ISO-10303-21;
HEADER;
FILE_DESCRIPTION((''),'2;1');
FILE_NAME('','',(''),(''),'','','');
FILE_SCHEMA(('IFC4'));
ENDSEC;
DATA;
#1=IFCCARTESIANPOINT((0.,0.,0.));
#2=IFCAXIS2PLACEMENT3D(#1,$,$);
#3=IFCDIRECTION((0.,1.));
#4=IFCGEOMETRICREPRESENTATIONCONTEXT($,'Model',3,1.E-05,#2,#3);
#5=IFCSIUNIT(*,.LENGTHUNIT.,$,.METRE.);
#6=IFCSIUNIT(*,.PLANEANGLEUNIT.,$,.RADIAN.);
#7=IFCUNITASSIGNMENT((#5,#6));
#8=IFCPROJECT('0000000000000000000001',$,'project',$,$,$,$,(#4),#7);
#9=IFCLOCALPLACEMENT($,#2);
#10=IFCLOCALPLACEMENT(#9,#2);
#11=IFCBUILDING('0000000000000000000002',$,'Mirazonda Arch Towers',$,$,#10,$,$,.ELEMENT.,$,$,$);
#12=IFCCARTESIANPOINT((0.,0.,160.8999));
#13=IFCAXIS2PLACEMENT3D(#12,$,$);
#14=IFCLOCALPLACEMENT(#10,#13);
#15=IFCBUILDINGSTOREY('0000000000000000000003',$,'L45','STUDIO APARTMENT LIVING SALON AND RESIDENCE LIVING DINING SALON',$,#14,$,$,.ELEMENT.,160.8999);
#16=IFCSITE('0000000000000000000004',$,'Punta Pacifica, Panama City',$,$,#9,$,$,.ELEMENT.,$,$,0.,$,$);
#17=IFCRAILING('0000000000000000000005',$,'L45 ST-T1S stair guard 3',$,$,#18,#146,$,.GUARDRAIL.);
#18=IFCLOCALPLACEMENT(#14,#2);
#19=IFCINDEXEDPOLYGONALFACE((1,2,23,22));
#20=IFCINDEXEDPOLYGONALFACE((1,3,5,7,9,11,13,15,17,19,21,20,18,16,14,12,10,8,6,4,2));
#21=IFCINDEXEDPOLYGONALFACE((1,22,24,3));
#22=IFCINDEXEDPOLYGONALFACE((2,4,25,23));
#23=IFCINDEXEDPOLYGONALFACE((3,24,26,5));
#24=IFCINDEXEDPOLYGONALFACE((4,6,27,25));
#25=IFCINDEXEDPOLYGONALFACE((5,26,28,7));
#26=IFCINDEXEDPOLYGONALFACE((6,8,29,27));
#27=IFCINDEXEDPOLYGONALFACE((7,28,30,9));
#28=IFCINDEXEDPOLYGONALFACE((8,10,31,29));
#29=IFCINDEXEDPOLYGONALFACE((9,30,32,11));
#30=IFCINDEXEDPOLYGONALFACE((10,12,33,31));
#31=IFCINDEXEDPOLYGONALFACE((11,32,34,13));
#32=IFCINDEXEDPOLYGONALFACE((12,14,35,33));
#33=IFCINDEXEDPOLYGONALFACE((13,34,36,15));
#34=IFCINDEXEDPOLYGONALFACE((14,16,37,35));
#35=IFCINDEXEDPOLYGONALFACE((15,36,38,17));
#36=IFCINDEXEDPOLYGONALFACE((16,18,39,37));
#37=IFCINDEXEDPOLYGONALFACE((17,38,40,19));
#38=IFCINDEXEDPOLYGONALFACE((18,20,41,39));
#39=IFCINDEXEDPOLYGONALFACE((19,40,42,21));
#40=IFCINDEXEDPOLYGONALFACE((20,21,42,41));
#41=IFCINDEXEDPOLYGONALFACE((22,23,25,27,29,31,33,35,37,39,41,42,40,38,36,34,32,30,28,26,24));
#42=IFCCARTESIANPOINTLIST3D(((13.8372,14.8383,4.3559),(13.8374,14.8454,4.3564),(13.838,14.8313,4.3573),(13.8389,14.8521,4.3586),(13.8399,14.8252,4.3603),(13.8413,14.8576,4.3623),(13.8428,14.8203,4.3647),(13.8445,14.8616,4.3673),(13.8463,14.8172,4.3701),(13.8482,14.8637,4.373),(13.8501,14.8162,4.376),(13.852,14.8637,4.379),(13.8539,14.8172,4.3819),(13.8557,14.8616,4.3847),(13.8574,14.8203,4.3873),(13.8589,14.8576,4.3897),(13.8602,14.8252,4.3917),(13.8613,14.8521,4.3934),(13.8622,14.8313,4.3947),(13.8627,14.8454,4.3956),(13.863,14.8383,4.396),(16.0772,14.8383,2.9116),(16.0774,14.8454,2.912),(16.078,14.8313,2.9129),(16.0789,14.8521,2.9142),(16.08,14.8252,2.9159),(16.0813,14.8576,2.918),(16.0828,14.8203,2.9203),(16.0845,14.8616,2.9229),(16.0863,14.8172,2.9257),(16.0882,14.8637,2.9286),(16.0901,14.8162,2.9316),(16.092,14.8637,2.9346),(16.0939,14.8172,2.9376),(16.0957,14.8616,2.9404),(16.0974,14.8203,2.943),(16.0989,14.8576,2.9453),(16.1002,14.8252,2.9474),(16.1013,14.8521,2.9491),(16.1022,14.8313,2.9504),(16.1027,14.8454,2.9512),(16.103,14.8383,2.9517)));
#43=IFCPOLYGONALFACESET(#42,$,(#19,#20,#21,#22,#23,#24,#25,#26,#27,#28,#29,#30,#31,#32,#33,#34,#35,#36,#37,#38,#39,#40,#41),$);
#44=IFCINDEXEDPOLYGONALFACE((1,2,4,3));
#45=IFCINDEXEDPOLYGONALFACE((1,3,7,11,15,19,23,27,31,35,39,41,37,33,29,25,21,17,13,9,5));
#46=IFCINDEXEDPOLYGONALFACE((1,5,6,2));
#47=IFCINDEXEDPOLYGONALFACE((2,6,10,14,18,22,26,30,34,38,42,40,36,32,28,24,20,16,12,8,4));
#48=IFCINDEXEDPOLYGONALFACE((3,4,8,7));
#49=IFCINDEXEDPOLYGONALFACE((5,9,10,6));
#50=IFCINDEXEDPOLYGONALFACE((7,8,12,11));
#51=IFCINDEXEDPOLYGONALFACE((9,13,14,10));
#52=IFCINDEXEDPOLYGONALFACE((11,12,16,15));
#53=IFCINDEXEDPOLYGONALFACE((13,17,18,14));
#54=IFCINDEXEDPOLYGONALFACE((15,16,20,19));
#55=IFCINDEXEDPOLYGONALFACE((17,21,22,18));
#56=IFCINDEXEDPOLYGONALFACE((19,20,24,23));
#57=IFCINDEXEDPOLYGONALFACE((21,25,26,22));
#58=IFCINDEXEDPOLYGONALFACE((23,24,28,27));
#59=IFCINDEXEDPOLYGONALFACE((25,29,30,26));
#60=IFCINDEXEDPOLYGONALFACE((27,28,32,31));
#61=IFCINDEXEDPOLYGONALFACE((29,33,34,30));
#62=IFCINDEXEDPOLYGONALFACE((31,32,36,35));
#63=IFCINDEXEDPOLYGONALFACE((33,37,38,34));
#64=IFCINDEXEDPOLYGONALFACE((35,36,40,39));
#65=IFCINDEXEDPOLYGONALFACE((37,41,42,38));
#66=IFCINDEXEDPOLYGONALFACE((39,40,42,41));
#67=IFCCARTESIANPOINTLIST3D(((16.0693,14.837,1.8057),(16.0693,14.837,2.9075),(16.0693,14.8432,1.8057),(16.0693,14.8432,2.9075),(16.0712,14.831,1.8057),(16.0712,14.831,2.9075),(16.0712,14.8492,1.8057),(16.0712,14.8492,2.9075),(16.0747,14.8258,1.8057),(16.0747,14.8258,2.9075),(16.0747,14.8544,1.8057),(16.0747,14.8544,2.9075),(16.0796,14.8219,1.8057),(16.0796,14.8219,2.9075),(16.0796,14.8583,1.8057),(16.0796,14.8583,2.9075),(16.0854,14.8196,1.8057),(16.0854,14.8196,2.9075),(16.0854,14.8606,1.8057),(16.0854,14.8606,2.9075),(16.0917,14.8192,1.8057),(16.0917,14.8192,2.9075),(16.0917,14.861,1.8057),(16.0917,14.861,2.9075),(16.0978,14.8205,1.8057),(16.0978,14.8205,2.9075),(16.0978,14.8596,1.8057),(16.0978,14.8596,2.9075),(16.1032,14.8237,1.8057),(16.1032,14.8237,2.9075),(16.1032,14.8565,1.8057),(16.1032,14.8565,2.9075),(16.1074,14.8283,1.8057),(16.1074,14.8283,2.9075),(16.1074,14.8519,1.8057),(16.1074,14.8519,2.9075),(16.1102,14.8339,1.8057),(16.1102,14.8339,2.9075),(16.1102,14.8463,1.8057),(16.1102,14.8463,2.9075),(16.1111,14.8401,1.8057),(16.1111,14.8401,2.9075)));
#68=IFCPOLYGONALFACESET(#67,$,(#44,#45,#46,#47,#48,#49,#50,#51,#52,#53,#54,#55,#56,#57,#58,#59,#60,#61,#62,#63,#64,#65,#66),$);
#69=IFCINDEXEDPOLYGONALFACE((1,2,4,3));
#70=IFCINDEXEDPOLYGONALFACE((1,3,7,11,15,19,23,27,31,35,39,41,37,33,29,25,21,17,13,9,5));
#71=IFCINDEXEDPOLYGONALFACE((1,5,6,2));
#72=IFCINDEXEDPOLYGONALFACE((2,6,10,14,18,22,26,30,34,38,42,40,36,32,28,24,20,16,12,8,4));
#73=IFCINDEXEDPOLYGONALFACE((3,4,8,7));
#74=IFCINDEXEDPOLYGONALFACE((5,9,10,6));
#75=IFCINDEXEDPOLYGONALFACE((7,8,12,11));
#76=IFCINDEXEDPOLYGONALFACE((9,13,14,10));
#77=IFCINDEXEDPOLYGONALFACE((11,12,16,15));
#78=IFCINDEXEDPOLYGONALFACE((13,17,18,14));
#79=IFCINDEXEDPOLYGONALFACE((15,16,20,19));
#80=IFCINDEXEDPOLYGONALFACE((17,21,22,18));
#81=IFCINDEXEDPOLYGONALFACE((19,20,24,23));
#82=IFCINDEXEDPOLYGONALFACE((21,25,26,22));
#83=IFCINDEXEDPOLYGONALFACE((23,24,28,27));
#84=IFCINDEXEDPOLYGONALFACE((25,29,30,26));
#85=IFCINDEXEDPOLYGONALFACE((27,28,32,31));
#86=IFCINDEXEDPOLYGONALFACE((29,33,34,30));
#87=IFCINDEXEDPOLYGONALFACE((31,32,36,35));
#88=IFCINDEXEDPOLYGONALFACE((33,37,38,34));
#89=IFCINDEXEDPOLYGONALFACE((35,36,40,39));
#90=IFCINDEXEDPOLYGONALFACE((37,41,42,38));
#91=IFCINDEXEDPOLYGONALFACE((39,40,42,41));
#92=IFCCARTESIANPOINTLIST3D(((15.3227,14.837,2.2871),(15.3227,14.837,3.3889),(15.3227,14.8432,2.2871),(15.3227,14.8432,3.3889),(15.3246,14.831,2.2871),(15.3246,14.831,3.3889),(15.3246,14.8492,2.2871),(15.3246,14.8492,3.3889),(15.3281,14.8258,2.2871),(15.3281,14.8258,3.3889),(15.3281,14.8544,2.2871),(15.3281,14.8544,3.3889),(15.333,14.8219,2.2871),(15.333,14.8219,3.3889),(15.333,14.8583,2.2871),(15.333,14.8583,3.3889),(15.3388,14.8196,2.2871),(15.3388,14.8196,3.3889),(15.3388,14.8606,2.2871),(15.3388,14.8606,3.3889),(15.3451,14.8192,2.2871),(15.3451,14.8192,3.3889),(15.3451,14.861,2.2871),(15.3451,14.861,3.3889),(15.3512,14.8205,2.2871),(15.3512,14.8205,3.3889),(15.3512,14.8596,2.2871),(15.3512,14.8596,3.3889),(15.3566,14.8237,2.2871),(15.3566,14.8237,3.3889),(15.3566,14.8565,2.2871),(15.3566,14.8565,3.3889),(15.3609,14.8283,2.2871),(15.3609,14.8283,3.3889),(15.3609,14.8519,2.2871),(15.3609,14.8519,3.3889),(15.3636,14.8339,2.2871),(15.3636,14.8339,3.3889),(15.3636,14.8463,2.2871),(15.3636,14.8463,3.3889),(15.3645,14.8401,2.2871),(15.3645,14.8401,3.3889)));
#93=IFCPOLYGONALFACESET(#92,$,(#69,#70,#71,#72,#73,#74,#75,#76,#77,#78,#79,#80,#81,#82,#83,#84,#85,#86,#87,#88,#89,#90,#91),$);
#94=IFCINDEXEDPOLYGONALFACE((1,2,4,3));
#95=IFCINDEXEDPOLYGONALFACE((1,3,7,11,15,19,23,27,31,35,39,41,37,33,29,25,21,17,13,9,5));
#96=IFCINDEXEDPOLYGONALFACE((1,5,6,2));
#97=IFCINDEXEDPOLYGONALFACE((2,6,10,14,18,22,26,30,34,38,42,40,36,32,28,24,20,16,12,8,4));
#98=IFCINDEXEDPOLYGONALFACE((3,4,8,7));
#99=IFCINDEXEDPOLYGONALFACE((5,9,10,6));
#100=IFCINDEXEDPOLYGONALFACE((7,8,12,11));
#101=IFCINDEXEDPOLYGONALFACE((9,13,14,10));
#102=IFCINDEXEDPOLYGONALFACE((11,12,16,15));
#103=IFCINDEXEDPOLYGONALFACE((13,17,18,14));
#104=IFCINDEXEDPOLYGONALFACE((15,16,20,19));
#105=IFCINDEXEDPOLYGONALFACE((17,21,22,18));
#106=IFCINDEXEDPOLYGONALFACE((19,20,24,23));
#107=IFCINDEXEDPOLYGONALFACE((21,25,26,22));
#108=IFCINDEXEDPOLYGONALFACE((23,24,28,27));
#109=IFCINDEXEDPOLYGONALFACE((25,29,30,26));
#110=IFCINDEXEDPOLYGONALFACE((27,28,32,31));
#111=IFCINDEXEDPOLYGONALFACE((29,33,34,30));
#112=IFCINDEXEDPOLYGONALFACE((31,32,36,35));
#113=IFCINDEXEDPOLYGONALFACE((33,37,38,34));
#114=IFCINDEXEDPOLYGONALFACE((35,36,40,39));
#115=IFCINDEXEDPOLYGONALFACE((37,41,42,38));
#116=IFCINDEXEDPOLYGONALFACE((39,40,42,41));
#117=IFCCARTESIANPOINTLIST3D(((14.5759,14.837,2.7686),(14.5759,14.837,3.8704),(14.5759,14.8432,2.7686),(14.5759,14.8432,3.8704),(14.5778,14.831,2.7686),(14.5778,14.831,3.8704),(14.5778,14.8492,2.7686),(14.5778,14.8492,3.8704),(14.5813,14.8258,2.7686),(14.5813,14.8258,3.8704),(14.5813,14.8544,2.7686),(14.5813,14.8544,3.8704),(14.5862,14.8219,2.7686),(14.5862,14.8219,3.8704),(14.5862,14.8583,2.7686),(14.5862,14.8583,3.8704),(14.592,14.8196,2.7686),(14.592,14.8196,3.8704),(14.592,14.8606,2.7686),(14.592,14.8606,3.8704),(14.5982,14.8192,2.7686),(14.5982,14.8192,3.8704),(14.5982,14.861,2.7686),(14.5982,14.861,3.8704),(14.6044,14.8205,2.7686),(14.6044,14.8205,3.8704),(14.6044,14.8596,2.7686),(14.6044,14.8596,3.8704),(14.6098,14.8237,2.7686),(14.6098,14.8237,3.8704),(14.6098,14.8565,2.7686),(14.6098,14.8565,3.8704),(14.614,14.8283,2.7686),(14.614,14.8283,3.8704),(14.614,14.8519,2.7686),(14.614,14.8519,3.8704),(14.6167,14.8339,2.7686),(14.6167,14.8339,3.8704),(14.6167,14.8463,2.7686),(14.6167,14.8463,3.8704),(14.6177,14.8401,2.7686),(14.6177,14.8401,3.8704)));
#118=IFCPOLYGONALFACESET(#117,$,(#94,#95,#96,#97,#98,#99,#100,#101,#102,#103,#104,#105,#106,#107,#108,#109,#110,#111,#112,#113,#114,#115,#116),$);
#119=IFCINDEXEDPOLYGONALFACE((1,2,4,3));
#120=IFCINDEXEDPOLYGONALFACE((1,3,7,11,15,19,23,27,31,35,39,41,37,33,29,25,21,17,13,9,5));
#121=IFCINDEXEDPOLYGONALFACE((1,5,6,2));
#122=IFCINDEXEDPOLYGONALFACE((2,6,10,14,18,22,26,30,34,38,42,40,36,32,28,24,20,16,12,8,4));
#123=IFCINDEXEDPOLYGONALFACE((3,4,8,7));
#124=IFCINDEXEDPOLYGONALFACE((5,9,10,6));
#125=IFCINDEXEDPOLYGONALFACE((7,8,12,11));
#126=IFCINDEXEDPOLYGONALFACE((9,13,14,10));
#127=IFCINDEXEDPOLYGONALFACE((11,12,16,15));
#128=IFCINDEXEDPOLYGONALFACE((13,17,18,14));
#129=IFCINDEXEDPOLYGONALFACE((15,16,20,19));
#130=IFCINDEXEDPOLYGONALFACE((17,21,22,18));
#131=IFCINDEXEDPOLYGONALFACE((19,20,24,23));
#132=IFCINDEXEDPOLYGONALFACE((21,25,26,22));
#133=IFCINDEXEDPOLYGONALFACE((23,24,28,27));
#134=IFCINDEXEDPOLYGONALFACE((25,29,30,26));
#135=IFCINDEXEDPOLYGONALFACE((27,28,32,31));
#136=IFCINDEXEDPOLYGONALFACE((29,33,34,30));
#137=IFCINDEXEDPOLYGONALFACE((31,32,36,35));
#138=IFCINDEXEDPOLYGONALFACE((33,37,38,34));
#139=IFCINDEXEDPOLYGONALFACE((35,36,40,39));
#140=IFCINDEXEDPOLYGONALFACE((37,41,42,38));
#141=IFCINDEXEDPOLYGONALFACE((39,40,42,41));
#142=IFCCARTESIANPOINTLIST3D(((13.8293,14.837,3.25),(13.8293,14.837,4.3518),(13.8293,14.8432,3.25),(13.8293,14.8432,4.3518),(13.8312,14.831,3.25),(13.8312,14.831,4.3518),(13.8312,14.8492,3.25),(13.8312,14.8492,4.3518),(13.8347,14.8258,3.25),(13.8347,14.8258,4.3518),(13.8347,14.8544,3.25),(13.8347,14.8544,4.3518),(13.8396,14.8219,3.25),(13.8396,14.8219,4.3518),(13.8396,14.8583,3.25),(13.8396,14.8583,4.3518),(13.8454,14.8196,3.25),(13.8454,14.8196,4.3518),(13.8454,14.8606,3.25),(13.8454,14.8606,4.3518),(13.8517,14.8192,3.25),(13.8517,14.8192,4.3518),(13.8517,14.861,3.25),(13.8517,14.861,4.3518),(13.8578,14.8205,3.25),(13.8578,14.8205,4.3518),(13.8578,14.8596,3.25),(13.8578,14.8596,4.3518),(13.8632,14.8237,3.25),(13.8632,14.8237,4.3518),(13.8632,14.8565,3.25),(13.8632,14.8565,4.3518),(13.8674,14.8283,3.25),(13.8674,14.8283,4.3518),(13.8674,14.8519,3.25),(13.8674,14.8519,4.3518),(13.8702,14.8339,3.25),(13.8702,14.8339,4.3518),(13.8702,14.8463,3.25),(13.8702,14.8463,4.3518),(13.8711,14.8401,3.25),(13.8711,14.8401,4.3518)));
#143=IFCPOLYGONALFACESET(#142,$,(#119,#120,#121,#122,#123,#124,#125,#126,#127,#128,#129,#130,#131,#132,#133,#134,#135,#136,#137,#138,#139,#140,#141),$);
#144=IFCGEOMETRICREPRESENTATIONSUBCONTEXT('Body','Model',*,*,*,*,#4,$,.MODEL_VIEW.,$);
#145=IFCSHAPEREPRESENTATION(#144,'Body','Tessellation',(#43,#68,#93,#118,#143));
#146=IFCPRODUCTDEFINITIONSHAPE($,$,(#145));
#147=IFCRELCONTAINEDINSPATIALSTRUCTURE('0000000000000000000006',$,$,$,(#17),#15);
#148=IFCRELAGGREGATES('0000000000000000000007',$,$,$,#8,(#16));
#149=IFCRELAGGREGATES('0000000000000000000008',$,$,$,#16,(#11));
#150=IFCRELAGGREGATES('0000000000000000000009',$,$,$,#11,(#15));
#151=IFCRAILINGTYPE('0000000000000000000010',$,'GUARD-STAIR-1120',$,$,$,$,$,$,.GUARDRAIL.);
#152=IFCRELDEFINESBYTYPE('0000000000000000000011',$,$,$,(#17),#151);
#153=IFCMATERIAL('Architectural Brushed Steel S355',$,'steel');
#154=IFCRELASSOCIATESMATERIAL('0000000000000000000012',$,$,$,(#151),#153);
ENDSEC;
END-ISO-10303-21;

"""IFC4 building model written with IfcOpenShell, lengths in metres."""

from ifc_helpers import new_model, si_unit, direction, frame, origin, origin_2d, place, context, subcontext, project, spatial, circle, extrude, material, type_object, element, save


model = new_model("IFC4")

# Units and contexts
model_context = context("Model", 3, precision=1e-05, world=origin(), true_north=direction((0.0, 1.0)))
body_context = subcontext(model_context, "Body", "Model", "MODEL_VIEW")
ifc_project = project(units=[si_unit("LENGTHUNIT", "METRE"), si_unit("PLANEANGLEUNIT", "RADIAN")], contexts=[model_context])

# Site, building, storey
site_placement = place(None, origin())
site = spatial("IfcSite", under=ifc_project, at=site_placement, Name="Punta Pacifica, Panama City", CompositionType="ELEMENT", RefElevation=0.0)
building_placement = place(site_placement, origin())
building = spatial("IfcBuilding", under=site, at=building_placement, Name="Mirazonda Arch Towers", CompositionType="ELEMENT")
storey_placement = place(building_placement, frame((0.0, 0.0, 160.8999)))
storey = spatial("IfcBuildingStorey", under=building, at=storey_placement, Name="L45", Description="STUDIO APARTMENT LIVING SALON AND RESIDENCE LIVING DINING SALON", CompositionType="ELEMENT", Elevation=160.8999)

# Shared definitions
ifc_material_1 = material(Name="Architectural Brushed Steel S355", Category="steel")

# Railing
railing_type_1 = type_object("IfcRailingType", Name="GUARD-STAIR-1120", PredefinedType="GUARDRAIL", material=ifc_material_1)
railing_1_placement = place(storey_placement, frame((16.0901, 14.8401, 1.8057)))
element("IfcRailing", 1, at=railing_1_placement, inside=storey, type_object=railing_type_1, Name="L45 ST-T1S stair guard 3", PredefinedType="GUARDRAIL", context=body_context, shape_type="SweptSolid", body=[
    extrude(circle(Radius=0.0239, at=origin_2d()), frame((0.0, 0.0, 1.126), z_axis=(-0.840437, 0.0, 0.54191), x_axis=(0.0, -1.0, 0.0)), (0.0, 0.0, 1.0), 2.6653),
    extrude(circle(Radius=0.021, at=origin_2d()), origin(), (0.0, 0.0, 1.0), 1.1018),
    extrude(circle(Radius=0.021, at=origin_2d()), frame((-0.7466, 0.0, 0.4814)), (0.0, 0.0, 1.0), 1.1018),
    extrude(circle(Radius=0.021, at=origin_2d()), frame((-1.4934, 0.0, 0.9629)), (0.0, 0.0, 1.0), 1.1018),
    extrude(circle(Radius=0.021, at=origin_2d()), frame((-2.24, 0.0, 1.4443)), (0.0, 0.0, 1.0), 1.1018),
])

save(model, "model.ifc")
